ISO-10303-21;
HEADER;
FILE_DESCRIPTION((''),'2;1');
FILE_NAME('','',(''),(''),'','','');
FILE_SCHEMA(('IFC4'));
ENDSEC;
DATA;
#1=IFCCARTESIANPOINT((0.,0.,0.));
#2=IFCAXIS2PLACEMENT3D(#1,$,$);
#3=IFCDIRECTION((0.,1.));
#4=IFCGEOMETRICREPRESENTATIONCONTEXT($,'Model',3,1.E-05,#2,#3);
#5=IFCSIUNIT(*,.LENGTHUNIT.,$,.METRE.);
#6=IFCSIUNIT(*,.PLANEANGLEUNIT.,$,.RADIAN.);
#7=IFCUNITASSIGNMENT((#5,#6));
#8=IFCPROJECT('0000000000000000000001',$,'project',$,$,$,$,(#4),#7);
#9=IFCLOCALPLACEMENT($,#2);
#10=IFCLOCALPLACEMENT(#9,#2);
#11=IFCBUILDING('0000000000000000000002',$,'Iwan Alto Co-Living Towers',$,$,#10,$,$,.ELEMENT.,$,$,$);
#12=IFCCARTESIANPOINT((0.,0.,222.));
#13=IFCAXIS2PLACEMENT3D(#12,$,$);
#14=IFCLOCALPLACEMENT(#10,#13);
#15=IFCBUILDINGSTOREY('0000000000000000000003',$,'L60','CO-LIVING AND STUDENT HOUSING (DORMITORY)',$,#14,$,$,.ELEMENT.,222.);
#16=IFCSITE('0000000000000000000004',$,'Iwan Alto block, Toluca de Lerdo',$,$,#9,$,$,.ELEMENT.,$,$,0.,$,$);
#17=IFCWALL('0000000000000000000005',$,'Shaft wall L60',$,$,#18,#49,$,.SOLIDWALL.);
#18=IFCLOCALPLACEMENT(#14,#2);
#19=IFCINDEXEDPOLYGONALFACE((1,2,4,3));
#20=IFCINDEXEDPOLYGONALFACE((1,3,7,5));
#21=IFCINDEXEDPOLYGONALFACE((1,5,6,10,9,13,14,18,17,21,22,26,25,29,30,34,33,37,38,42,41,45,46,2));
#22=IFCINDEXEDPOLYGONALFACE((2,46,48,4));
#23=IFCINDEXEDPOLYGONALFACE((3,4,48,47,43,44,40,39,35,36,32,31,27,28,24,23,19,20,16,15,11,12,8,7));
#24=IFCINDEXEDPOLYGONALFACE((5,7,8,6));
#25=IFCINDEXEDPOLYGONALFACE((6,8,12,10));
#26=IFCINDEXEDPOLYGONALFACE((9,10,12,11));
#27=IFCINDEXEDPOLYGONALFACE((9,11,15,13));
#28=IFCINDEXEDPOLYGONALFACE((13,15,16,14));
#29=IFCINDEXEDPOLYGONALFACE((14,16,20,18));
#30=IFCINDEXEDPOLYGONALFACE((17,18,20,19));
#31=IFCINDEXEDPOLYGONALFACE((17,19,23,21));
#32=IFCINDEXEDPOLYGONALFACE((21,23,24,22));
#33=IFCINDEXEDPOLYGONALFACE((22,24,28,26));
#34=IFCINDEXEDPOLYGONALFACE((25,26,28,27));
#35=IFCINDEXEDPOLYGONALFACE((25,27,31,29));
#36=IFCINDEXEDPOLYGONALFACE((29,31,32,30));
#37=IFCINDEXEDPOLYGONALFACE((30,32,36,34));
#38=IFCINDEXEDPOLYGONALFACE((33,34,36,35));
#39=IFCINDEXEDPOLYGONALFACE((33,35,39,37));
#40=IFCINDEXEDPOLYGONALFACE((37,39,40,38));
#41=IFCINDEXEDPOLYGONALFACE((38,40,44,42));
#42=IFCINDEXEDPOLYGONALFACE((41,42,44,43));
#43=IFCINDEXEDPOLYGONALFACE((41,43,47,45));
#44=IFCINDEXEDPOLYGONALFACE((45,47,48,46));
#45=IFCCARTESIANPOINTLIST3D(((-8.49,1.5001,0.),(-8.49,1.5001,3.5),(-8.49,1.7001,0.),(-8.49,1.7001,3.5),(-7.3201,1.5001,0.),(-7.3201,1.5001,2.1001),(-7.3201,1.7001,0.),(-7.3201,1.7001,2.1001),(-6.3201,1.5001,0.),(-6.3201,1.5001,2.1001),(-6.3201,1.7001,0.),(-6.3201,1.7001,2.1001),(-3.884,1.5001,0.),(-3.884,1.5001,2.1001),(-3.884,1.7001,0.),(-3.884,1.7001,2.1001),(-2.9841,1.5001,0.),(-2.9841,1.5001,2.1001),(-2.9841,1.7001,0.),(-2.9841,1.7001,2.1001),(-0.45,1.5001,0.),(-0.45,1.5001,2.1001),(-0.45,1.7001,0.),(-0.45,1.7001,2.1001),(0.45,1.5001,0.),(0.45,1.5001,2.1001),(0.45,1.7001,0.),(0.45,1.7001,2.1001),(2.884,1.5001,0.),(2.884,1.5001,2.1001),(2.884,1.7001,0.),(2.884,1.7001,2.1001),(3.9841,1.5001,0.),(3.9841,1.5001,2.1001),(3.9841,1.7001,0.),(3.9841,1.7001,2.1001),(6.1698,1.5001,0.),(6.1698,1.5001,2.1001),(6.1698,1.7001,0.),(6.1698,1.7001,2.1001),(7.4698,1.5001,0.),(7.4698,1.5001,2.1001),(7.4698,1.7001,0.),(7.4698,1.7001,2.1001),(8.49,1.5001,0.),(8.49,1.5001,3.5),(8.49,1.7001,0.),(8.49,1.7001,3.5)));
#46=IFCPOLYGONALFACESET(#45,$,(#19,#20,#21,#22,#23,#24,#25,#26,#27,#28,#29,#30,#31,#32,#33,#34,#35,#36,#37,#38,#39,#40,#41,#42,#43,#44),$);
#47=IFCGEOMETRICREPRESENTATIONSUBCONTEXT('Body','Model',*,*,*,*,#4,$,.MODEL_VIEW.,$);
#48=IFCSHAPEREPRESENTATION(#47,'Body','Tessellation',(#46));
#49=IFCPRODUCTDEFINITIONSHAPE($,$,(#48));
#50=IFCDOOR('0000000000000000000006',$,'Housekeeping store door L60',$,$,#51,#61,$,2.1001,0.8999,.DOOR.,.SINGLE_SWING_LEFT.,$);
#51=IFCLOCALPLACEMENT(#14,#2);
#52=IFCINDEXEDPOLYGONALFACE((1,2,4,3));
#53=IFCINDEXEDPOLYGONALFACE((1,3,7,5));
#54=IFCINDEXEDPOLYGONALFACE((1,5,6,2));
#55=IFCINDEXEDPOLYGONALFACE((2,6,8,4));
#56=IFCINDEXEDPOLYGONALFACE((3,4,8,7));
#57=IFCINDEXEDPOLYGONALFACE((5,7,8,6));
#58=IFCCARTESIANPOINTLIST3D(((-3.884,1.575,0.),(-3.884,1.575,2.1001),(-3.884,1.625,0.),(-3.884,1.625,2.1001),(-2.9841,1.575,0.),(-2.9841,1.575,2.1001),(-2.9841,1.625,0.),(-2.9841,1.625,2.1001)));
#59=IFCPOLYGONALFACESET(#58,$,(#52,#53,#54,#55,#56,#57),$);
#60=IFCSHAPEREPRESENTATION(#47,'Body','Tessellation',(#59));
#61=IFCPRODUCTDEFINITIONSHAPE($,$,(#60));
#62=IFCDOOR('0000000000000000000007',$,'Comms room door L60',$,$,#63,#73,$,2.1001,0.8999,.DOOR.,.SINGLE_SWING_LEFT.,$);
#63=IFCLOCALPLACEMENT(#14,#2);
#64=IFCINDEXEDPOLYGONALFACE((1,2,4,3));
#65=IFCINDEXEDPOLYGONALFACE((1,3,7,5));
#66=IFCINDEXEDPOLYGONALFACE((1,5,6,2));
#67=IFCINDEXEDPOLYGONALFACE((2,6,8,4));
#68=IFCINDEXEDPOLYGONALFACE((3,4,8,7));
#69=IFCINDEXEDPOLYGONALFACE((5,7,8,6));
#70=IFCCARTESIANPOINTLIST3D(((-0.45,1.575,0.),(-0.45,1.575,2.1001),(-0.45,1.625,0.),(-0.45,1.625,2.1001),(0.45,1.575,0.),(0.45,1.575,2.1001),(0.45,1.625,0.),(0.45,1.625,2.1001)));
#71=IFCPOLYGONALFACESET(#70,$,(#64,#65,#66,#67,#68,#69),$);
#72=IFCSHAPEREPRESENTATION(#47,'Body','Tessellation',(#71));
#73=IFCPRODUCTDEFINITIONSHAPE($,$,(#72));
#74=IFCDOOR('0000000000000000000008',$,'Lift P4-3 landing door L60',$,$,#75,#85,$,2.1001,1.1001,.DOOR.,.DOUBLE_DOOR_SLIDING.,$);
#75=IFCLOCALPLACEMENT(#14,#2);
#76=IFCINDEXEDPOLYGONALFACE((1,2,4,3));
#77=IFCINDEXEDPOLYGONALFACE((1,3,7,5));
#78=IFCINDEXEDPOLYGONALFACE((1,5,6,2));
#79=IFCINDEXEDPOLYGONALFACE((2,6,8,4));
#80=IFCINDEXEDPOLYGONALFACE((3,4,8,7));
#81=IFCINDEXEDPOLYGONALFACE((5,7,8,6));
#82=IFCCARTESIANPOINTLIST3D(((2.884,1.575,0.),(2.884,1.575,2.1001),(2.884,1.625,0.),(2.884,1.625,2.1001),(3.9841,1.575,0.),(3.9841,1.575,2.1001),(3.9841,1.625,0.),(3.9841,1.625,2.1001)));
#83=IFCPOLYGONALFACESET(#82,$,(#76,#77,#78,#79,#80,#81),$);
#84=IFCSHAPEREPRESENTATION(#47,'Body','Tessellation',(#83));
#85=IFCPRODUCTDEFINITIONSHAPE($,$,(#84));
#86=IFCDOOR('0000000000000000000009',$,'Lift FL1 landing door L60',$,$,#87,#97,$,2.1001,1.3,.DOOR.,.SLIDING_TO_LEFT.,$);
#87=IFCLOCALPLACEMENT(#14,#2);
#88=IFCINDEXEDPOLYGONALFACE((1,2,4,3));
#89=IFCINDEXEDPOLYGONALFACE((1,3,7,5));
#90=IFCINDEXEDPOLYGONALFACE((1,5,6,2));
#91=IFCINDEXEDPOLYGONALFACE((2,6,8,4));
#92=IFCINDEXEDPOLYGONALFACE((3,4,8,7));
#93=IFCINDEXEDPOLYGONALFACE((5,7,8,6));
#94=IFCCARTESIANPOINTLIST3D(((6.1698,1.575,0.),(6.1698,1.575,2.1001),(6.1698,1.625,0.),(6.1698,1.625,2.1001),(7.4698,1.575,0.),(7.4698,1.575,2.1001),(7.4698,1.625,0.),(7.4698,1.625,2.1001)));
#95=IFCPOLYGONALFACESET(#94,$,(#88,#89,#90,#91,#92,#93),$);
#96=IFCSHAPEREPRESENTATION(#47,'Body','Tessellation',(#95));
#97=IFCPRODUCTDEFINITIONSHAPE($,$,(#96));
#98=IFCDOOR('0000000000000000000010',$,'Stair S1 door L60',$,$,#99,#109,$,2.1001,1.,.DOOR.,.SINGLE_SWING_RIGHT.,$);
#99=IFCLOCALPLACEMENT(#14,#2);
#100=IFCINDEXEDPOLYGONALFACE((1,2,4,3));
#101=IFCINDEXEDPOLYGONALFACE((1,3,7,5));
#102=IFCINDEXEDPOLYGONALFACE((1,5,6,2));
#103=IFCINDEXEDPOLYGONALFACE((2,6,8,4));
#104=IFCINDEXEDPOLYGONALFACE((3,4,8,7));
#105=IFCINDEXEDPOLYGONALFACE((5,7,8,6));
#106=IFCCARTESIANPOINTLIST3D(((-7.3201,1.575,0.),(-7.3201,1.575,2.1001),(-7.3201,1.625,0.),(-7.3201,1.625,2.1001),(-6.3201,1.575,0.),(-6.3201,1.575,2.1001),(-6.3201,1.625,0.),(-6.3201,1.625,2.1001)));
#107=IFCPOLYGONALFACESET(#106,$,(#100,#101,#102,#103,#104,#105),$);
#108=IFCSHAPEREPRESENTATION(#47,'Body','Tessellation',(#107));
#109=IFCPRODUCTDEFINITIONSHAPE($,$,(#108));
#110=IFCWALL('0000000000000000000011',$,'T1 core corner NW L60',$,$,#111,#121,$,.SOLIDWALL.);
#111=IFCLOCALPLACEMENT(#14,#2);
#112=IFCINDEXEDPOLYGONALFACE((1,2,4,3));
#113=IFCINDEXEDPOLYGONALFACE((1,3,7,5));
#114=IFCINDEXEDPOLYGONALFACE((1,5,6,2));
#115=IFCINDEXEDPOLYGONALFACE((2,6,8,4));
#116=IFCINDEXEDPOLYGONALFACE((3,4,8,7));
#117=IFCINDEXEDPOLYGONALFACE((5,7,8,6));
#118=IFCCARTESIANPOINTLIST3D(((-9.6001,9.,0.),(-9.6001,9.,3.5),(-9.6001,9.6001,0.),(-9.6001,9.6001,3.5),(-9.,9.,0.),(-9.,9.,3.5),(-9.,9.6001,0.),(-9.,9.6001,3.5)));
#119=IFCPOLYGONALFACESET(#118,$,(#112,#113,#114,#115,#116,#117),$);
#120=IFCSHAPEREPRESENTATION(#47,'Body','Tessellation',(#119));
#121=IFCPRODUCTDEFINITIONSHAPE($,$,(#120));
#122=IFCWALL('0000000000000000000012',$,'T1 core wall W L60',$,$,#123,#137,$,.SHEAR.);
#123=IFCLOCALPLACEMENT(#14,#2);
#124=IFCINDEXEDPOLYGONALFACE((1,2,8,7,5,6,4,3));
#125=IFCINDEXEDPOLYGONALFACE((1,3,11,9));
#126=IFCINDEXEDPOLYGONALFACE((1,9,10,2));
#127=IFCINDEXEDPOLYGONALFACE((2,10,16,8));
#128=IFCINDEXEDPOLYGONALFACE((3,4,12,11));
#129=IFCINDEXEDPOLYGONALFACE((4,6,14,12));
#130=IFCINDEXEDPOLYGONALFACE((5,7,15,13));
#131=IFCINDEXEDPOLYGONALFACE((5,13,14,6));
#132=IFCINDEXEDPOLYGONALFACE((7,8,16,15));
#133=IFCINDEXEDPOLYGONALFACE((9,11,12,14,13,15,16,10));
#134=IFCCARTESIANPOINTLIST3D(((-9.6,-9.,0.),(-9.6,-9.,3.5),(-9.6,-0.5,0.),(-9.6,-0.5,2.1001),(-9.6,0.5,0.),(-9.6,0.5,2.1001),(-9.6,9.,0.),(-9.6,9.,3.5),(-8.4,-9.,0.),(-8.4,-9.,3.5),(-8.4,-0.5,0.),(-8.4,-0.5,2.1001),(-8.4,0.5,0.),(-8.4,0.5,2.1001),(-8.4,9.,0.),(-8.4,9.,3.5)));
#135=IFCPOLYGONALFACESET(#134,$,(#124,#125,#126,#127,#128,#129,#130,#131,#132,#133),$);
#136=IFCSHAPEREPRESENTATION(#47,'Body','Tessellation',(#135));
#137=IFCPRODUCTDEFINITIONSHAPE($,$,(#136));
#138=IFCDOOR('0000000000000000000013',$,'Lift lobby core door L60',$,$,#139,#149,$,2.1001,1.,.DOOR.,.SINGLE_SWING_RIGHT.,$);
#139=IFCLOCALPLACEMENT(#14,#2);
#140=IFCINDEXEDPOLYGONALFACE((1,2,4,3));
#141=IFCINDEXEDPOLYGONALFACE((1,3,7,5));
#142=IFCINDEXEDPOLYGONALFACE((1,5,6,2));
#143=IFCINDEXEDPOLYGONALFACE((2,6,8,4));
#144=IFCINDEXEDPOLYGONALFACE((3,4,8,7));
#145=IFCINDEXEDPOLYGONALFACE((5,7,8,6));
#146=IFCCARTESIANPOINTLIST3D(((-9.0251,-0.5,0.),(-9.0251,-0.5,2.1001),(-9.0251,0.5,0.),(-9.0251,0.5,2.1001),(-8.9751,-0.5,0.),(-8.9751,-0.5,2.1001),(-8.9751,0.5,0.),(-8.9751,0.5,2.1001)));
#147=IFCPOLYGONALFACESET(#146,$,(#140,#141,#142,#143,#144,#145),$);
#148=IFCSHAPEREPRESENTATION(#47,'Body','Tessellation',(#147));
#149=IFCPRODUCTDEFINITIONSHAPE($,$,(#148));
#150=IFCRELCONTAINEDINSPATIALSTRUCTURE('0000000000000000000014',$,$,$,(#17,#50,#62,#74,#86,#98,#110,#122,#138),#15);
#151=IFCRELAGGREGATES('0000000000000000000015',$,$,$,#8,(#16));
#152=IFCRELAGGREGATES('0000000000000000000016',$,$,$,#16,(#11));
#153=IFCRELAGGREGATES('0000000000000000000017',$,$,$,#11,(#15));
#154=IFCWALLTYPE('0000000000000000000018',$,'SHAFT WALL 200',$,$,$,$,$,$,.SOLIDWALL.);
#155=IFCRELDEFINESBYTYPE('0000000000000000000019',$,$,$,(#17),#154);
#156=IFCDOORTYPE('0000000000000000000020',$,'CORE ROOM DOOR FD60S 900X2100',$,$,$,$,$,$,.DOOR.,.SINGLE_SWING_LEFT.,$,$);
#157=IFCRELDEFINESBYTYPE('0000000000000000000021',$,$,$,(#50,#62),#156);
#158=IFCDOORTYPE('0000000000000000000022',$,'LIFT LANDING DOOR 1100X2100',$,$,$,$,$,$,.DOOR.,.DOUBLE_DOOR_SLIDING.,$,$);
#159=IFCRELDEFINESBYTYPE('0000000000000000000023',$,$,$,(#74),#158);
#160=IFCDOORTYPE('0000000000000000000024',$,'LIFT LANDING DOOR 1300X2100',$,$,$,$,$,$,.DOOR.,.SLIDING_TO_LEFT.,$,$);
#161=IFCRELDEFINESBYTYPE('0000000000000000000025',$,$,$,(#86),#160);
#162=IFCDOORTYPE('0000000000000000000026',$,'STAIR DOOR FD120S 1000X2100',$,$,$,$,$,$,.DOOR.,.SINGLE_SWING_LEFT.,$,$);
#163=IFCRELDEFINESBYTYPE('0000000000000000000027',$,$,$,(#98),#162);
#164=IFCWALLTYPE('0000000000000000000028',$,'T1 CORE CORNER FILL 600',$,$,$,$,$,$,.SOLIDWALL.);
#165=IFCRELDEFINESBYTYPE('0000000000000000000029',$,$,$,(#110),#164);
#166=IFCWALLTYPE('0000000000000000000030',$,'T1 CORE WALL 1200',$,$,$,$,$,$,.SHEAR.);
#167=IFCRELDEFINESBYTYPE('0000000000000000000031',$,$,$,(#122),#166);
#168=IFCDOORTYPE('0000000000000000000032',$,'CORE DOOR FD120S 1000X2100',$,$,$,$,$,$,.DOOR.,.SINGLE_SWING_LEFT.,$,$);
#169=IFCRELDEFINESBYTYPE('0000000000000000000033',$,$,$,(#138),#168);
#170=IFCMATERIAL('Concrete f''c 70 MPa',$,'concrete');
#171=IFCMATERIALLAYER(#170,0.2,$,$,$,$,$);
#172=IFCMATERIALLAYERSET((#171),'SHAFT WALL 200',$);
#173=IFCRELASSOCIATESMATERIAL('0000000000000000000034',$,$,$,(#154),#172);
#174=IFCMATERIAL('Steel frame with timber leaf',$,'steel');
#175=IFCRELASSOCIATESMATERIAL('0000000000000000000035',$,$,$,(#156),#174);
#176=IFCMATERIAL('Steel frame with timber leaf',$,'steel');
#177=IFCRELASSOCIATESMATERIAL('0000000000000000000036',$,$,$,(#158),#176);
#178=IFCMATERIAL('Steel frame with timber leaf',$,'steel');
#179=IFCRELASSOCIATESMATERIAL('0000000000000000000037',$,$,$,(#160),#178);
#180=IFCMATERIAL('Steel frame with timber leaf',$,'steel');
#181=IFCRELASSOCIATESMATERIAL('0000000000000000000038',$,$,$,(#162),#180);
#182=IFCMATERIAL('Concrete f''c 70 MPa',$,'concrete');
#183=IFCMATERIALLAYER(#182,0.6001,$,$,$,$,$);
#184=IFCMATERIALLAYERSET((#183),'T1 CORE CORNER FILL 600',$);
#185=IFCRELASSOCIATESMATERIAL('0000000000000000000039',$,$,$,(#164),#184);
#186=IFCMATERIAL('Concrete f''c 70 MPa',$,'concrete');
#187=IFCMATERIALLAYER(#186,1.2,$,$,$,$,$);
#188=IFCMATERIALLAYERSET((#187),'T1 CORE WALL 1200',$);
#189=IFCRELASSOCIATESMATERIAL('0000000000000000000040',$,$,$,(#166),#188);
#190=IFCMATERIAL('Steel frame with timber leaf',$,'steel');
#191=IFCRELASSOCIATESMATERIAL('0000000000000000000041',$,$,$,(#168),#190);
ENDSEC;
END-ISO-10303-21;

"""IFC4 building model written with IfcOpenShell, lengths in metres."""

from ifc_helpers import new_model, si_unit, direction, frame, frame_2d, origin, place, context, subcontext, project, spatial, rectangle, extrude, material, layer, layer_set, type_object, element, fill, save


model = new_model("IFC4")

# Units and contexts
model_context = context("Model", 3, precision=1e-05, world=origin(), true_north=direction((0.0, 1.0)))
body_context = subcontext(model_context, "Body", "Model", "MODEL_VIEW")
ifc_project = project(units=[si_unit("LENGTHUNIT", "METRE"), si_unit("PLANEANGLEUNIT", "RADIAN")], contexts=[model_context])

# Site, building, storey
site_placement = place(None, origin())
site = spatial("IfcSite", under=ifc_project, at=site_placement, Name="Iwan Alto block, Toluca de Lerdo", CompositionType="ELEMENT", RefElevation=0.0)
building_placement = place(site_placement, origin())
building = spatial("IfcBuilding", under=site, at=building_placement, Name="Iwan Alto Co-Living Towers", CompositionType="ELEMENT")
storey_placement = place(building_placement, frame((0.0, 0.0, 222.0)))
storey = spatial("IfcBuildingStorey", under=building, at=storey_placement, Name="L60", Description="CO-LIVING AND STUDENT HOUSING (DORMITORY)", CompositionType="ELEMENT", Elevation=222.0)

# Wall, openings, doors
ifc_material_1 = material(Name="Concrete f'c 70 MPa", Category="concrete")
ifc_layer_1 = layer(ifc_material_1, 0.2)
ifc_layer_set_1 = layer_set([ifc_layer_1], Name="SHAFT WALL 200")
wall_type_1 = type_object("IfcWallType", Name="SHAFT WALL 200", PredefinedType="SOLIDWALL", material=ifc_layer_set_1)
wall_1_placement = place(storey_placement, frame((-8.49, 1.6001, 0.0), z_axis=(0.0, 0.0, 1.0), x_axis=(1.0, 0.0, 0.0)))
wall_1 = element("IfcWall", 1, at=wall_1_placement, inside=storey, type_object=wall_type_1, Name="Shaft wall L60", PredefinedType="SOLIDWALL", context=body_context, shape_type="SweptSolid", body=[
    extrude(rectangle(XDim=16.98, YDim=0.2, at=frame_2d((8.49, 0.0))), origin(), (0.0, 0.0, 1.0), 3.5),
])
opening_1_placement = place(wall_1_placement, frame((1.1699, 0.0, 0.0)))
opening_1 = element("IfcOpeningElement", 2, at=opening_1_placement, cuts=wall_1, PredefinedType="OPENING", context=body_context, shape_type="SweptSolid", body=[
    extrude(rectangle(XDim=1.0, YDim=2.1001, at=frame_2d((0.5, 1.05))), frame((0.0, 0.1099, 0.0), z_axis=(0.0, -1.0, 0.0), x_axis=(1.0, 0.0, 0.0)), (0.0, 0.0, 1.0), 0.22),
])
opening_2_placement = place(wall_1_placement, frame((4.606, 0.0, 0.0)))
opening_2 = element("IfcOpeningElement", 3, at=opening_2_placement, cuts=wall_1, PredefinedType="OPENING", context=body_context, shape_type="SweptSolid", body=[
    extrude(rectangle(XDim=0.8999, YDim=2.1001, at=frame_2d((0.45, 1.05))), frame((0.0, 0.1099, 0.0), z_axis=(0.0, -1.0, 0.0), x_axis=(1.0, 0.0, 0.0)), (0.0, 0.0, 1.0), 0.22),
])
opening_3_placement = place(wall_1_placement, frame((8.04, 0.0, 0.0)))
opening_3 = element("IfcOpeningElement", 4, at=opening_3_placement, cuts=wall_1, PredefinedType="OPENING", context=body_context, shape_type="SweptSolid", body=[
    extrude(rectangle(XDim=0.8999, YDim=2.1001, at=frame_2d((0.45, 1.05))), frame((0.0, 0.1099, 0.0), z_axis=(0.0, -1.0, 0.0), x_axis=(1.0, 0.0, 0.0)), (0.0, 0.0, 1.0), 0.22),
])
opening_4_placement = place(wall_1_placement, frame((11.374, 0.0, 0.0)))
opening_4 = element("IfcOpeningElement", 5, at=opening_4_placement, cuts=wall_1, PredefinedType="OPENING", context=body_context, shape_type="SweptSolid", body=[
    extrude(rectangle(XDim=1.1001, YDim=2.1001, at=frame_2d((0.55, 1.05))), frame((0.0, 0.1099, 0.0), z_axis=(0.0, -1.0, 0.0), x_axis=(1.0, 0.0, 0.0)), (0.0, 0.0, 1.0), 0.22),
])
opening_5_placement = place(wall_1_placement, frame((14.6599, 0.0, 0.0)))
opening_5 = element("IfcOpeningElement", 6, at=opening_5_placement, cuts=wall_1, PredefinedType="OPENING", context=body_context, shape_type="SweptSolid", body=[
    extrude(rectangle(XDim=1.3, YDim=2.1001, at=frame_2d((0.6499, 1.05))), frame((0.0, 0.1099, 0.0), z_axis=(0.0, -1.0, 0.0), x_axis=(1.0, 0.0, 0.0)), (0.0, 0.0, 1.0), 0.22),
])
ifc_material_2 = material(Name="Steel frame with timber leaf", Category="steel")
door_type_1 = type_object("IfcDoorType", Name="CORE ROOM DOOR FD60S 900X2100", OperationType="SINGLE_SWING_LEFT", PredefinedType="DOOR", material=ifc_material_2)
door_1_placement = place(opening_2_placement, origin())
door_1 = element("IfcDoor", 7, at=door_1_placement, inside=storey, type_object=door_type_1, Name="Housekeeping store door L60", OperationType="SINGLE_SWING_LEFT", OverallHeight=2.1001, OverallWidth=0.8999, PredefinedType="DOOR", context=body_context, shape_type="SweptSolid", body=[
    extrude(rectangle(XDim=0.8999, YDim=2.1001, at=frame_2d((0.45, 1.05))), frame((0.0, 0.0249, 0.0), z_axis=(0.0, -1.0, 0.0), x_axis=(1.0, 0.0, 0.0)), (0.0, 0.0, 1.0), 0.05),
])
fill(opening_2, door_1)
door_2_placement = place(opening_3_placement, origin())
door_2 = element("IfcDoor", 8, at=door_2_placement, inside=storey, type_object=door_type_1, Name="Comms room door L60", OperationType="SINGLE_SWING_LEFT", OverallHeight=2.1001, OverallWidth=0.8999, PredefinedType="DOOR", context=body_context, shape_type="SweptSolid", body=[
    extrude(rectangle(XDim=0.8999, YDim=2.1001, at=frame_2d((0.45, 1.05))), frame((0.0, 0.0249, 0.0), z_axis=(0.0, -1.0, 0.0), x_axis=(1.0, 0.0, 0.0)), (0.0, 0.0, 1.0), 0.05),
])
fill(opening_3, door_2)
ifc_material_3 = material(Name="Steel frame with timber leaf", Category="steel")
door_type_2 = type_object("IfcDoorType", Name="LIFT LANDING DOOR 1100X2100", OperationType="DOUBLE_DOOR_SLIDING", PredefinedType="DOOR", material=ifc_material_3)
door_3_placement = place(opening_4_placement, origin())
door_3 = element("IfcDoor", 9, at=door_3_placement, inside=storey, type_object=door_type_2, Name="Lift P4-3 landing door L60", OperationType="DOUBLE_DOOR_SLIDING", OverallHeight=2.1001, OverallWidth=1.1001, PredefinedType="DOOR", context=body_context, shape_type="SweptSolid", body=[
    extrude(rectangle(XDim=1.1001, YDim=2.1001, at=frame_2d((0.55, 1.05))), frame((0.0, 0.0249, 0.0), z_axis=(0.0, -1.0, 0.0), x_axis=(1.0, 0.0, 0.0)), (0.0, 0.0, 1.0), 0.05),
])
fill(opening_4, door_3)
ifc_material_4 = material(Name="Steel frame with timber leaf", Category="steel")
door_type_3 = type_object("IfcDoorType", Name="LIFT LANDING DOOR 1300X2100", OperationType="SLIDING_TO_LEFT", PredefinedType="DOOR", material=ifc_material_4)
door_4_placement = place(opening_5_placement, origin())
door_4 = element("IfcDoor", 10, at=door_4_placement, inside=storey, type_object=door_type_3, Name="Lift FL1 landing door L60", OperationType="SLIDING_TO_LEFT", OverallHeight=2.1001, OverallWidth=1.3, PredefinedType="DOOR", context=body_context, shape_type="SweptSolid", body=[
    extrude(rectangle(XDim=1.3, YDim=2.1001, at=frame_2d((0.6499, 1.05))), frame((0.0, 0.0249, 0.0), z_axis=(0.0, -1.0, 0.0), x_axis=(1.0, 0.0, 0.0)), (0.0, 0.0, 1.0), 0.05),
])
fill(opening_5, door_4)
ifc_material_5 = material(Name="Steel frame with timber leaf", Category="steel")
door_type_4 = type_object("IfcDoorType", Name="STAIR DOOR FD120S 1000X2100", OperationType="SINGLE_SWING_LEFT", PredefinedType="DOOR", material=ifc_material_5)
door_5_placement = place(opening_1_placement, origin())
door_5 = element("IfcDoor", 11, at=door_5_placement, inside=storey, type_object=door_type_4, Name="Stair S1 door L60", OperationType="SINGLE_SWING_RIGHT", OverallHeight=2.1001, OverallWidth=1.0, PredefinedType="DOOR", context=body_context, shape_type="SweptSolid", body=[
    extrude(rectangle(XDim=1.0, YDim=2.1001, at=frame_2d((0.5, 1.05))), frame((0.0, 0.0249, 0.0), z_axis=(0.0, -1.0, 0.0), x_axis=(1.0, 0.0, 0.0)), (0.0, 0.0, 1.0), 0.05),
])
fill(opening_1, door_5)

# Wall
ifc_material_6 = material(Name="Concrete f'c 70 MPa", Category="concrete")
ifc_layer_2 = layer(ifc_material_6, 0.6001)
ifc_layer_set_2 = layer_set([ifc_layer_2], Name="T1 CORE CORNER FILL 600")
wall_type_2 = type_object("IfcWallType", Name="T1 CORE CORNER FILL 600", PredefinedType="SOLIDWALL", material=ifc_layer_set_2)
wall_2_placement = place(storey_placement, frame((-9.6001, 9.3, 0.0), z_axis=(0.0, 0.0, 1.0), x_axis=(1.0, 0.0, 0.0)))
element("IfcWall", 12, at=wall_2_placement, inside=storey, type_object=wall_type_2, Name="T1 core corner NW L60", PredefinedType="SOLIDWALL", context=body_context, shape_type="SweptSolid", body=[
    extrude(rectangle(XDim=0.6001, YDim=0.6001, at=frame_2d((0.3, 0.0))), origin(), (0.0, 0.0, 1.0), 3.5),
])

# Wall, opening, door
ifc_material_7 = material(Name="Concrete f'c 70 MPa", Category="concrete")
ifc_layer_3 = layer(ifc_material_7, 1.2)
ifc_layer_set_3 = layer_set([ifc_layer_3], Name="T1 CORE WALL 1200")
wall_type_3 = type_object("IfcWallType", Name="T1 CORE WALL 1200", PredefinedType="SHEAR", material=ifc_layer_set_3)
wall_3_placement = place(storey_placement, frame((-9.0, 9.0, 0.0), z_axis=(0.0, 0.0, 1.0), x_axis=(0.0, -1.0, 0.0)))
wall_3 = element("IfcWall", 13, at=wall_3_placement, inside=storey, type_object=wall_type_3, Name="T1 core wall W L60", PredefinedType="SHEAR", context=body_context, shape_type="SweptSolid", body=[
    extrude(rectangle(XDim=18.0, YDim=1.2, at=frame_2d((9.0, 0.0))), origin(), (0.0, 0.0, 1.0), 3.5),
])
opening_6_placement = place(wall_3_placement, frame((8.5, 0.0, 0.0)))
opening_6 = element("IfcOpeningElement", 14, at=opening_6_placement, cuts=wall_3, PredefinedType="OPENING", context=body_context, shape_type="SweptSolid", body=[
    extrude(rectangle(XDim=1.0, YDim=2.1001, at=frame_2d((0.5, 1.05))), frame((0.0, 0.6099, 0.0), z_axis=(0.0, -1.0, 0.0), x_axis=(1.0, 0.0, 0.0)), (0.0, 0.0, 1.0), 1.22),
])
ifc_material_8 = material(Name="Steel frame with timber leaf", Category="steel")
door_type_5 = type_object("IfcDoorType", Name="CORE DOOR FD120S 1000X2100", OperationType="SINGLE_SWING_LEFT", PredefinedType="DOOR", material=ifc_material_8)
door_6_placement = place(opening_6_placement, origin())
door_6 = element("IfcDoor", 15, at=door_6_placement, inside=storey, type_object=door_type_5, Name="Lift lobby core door L60", OperationType="SINGLE_SWING_RIGHT", OverallHeight=2.1001, OverallWidth=1.0, PredefinedType="DOOR", context=body_context, shape_type="SweptSolid", body=[
    extrude(rectangle(XDim=1.0, YDim=2.1001, at=frame_2d((0.5, 1.05))), frame((0.0, 0.0249, 0.0), z_axis=(0.0, -1.0, 0.0), x_axis=(1.0, 0.0, 0.0)), (0.0, 0.0, 1.0), 0.05),
])
fill(opening_6, door_6)

save(model, "model.ifc")
